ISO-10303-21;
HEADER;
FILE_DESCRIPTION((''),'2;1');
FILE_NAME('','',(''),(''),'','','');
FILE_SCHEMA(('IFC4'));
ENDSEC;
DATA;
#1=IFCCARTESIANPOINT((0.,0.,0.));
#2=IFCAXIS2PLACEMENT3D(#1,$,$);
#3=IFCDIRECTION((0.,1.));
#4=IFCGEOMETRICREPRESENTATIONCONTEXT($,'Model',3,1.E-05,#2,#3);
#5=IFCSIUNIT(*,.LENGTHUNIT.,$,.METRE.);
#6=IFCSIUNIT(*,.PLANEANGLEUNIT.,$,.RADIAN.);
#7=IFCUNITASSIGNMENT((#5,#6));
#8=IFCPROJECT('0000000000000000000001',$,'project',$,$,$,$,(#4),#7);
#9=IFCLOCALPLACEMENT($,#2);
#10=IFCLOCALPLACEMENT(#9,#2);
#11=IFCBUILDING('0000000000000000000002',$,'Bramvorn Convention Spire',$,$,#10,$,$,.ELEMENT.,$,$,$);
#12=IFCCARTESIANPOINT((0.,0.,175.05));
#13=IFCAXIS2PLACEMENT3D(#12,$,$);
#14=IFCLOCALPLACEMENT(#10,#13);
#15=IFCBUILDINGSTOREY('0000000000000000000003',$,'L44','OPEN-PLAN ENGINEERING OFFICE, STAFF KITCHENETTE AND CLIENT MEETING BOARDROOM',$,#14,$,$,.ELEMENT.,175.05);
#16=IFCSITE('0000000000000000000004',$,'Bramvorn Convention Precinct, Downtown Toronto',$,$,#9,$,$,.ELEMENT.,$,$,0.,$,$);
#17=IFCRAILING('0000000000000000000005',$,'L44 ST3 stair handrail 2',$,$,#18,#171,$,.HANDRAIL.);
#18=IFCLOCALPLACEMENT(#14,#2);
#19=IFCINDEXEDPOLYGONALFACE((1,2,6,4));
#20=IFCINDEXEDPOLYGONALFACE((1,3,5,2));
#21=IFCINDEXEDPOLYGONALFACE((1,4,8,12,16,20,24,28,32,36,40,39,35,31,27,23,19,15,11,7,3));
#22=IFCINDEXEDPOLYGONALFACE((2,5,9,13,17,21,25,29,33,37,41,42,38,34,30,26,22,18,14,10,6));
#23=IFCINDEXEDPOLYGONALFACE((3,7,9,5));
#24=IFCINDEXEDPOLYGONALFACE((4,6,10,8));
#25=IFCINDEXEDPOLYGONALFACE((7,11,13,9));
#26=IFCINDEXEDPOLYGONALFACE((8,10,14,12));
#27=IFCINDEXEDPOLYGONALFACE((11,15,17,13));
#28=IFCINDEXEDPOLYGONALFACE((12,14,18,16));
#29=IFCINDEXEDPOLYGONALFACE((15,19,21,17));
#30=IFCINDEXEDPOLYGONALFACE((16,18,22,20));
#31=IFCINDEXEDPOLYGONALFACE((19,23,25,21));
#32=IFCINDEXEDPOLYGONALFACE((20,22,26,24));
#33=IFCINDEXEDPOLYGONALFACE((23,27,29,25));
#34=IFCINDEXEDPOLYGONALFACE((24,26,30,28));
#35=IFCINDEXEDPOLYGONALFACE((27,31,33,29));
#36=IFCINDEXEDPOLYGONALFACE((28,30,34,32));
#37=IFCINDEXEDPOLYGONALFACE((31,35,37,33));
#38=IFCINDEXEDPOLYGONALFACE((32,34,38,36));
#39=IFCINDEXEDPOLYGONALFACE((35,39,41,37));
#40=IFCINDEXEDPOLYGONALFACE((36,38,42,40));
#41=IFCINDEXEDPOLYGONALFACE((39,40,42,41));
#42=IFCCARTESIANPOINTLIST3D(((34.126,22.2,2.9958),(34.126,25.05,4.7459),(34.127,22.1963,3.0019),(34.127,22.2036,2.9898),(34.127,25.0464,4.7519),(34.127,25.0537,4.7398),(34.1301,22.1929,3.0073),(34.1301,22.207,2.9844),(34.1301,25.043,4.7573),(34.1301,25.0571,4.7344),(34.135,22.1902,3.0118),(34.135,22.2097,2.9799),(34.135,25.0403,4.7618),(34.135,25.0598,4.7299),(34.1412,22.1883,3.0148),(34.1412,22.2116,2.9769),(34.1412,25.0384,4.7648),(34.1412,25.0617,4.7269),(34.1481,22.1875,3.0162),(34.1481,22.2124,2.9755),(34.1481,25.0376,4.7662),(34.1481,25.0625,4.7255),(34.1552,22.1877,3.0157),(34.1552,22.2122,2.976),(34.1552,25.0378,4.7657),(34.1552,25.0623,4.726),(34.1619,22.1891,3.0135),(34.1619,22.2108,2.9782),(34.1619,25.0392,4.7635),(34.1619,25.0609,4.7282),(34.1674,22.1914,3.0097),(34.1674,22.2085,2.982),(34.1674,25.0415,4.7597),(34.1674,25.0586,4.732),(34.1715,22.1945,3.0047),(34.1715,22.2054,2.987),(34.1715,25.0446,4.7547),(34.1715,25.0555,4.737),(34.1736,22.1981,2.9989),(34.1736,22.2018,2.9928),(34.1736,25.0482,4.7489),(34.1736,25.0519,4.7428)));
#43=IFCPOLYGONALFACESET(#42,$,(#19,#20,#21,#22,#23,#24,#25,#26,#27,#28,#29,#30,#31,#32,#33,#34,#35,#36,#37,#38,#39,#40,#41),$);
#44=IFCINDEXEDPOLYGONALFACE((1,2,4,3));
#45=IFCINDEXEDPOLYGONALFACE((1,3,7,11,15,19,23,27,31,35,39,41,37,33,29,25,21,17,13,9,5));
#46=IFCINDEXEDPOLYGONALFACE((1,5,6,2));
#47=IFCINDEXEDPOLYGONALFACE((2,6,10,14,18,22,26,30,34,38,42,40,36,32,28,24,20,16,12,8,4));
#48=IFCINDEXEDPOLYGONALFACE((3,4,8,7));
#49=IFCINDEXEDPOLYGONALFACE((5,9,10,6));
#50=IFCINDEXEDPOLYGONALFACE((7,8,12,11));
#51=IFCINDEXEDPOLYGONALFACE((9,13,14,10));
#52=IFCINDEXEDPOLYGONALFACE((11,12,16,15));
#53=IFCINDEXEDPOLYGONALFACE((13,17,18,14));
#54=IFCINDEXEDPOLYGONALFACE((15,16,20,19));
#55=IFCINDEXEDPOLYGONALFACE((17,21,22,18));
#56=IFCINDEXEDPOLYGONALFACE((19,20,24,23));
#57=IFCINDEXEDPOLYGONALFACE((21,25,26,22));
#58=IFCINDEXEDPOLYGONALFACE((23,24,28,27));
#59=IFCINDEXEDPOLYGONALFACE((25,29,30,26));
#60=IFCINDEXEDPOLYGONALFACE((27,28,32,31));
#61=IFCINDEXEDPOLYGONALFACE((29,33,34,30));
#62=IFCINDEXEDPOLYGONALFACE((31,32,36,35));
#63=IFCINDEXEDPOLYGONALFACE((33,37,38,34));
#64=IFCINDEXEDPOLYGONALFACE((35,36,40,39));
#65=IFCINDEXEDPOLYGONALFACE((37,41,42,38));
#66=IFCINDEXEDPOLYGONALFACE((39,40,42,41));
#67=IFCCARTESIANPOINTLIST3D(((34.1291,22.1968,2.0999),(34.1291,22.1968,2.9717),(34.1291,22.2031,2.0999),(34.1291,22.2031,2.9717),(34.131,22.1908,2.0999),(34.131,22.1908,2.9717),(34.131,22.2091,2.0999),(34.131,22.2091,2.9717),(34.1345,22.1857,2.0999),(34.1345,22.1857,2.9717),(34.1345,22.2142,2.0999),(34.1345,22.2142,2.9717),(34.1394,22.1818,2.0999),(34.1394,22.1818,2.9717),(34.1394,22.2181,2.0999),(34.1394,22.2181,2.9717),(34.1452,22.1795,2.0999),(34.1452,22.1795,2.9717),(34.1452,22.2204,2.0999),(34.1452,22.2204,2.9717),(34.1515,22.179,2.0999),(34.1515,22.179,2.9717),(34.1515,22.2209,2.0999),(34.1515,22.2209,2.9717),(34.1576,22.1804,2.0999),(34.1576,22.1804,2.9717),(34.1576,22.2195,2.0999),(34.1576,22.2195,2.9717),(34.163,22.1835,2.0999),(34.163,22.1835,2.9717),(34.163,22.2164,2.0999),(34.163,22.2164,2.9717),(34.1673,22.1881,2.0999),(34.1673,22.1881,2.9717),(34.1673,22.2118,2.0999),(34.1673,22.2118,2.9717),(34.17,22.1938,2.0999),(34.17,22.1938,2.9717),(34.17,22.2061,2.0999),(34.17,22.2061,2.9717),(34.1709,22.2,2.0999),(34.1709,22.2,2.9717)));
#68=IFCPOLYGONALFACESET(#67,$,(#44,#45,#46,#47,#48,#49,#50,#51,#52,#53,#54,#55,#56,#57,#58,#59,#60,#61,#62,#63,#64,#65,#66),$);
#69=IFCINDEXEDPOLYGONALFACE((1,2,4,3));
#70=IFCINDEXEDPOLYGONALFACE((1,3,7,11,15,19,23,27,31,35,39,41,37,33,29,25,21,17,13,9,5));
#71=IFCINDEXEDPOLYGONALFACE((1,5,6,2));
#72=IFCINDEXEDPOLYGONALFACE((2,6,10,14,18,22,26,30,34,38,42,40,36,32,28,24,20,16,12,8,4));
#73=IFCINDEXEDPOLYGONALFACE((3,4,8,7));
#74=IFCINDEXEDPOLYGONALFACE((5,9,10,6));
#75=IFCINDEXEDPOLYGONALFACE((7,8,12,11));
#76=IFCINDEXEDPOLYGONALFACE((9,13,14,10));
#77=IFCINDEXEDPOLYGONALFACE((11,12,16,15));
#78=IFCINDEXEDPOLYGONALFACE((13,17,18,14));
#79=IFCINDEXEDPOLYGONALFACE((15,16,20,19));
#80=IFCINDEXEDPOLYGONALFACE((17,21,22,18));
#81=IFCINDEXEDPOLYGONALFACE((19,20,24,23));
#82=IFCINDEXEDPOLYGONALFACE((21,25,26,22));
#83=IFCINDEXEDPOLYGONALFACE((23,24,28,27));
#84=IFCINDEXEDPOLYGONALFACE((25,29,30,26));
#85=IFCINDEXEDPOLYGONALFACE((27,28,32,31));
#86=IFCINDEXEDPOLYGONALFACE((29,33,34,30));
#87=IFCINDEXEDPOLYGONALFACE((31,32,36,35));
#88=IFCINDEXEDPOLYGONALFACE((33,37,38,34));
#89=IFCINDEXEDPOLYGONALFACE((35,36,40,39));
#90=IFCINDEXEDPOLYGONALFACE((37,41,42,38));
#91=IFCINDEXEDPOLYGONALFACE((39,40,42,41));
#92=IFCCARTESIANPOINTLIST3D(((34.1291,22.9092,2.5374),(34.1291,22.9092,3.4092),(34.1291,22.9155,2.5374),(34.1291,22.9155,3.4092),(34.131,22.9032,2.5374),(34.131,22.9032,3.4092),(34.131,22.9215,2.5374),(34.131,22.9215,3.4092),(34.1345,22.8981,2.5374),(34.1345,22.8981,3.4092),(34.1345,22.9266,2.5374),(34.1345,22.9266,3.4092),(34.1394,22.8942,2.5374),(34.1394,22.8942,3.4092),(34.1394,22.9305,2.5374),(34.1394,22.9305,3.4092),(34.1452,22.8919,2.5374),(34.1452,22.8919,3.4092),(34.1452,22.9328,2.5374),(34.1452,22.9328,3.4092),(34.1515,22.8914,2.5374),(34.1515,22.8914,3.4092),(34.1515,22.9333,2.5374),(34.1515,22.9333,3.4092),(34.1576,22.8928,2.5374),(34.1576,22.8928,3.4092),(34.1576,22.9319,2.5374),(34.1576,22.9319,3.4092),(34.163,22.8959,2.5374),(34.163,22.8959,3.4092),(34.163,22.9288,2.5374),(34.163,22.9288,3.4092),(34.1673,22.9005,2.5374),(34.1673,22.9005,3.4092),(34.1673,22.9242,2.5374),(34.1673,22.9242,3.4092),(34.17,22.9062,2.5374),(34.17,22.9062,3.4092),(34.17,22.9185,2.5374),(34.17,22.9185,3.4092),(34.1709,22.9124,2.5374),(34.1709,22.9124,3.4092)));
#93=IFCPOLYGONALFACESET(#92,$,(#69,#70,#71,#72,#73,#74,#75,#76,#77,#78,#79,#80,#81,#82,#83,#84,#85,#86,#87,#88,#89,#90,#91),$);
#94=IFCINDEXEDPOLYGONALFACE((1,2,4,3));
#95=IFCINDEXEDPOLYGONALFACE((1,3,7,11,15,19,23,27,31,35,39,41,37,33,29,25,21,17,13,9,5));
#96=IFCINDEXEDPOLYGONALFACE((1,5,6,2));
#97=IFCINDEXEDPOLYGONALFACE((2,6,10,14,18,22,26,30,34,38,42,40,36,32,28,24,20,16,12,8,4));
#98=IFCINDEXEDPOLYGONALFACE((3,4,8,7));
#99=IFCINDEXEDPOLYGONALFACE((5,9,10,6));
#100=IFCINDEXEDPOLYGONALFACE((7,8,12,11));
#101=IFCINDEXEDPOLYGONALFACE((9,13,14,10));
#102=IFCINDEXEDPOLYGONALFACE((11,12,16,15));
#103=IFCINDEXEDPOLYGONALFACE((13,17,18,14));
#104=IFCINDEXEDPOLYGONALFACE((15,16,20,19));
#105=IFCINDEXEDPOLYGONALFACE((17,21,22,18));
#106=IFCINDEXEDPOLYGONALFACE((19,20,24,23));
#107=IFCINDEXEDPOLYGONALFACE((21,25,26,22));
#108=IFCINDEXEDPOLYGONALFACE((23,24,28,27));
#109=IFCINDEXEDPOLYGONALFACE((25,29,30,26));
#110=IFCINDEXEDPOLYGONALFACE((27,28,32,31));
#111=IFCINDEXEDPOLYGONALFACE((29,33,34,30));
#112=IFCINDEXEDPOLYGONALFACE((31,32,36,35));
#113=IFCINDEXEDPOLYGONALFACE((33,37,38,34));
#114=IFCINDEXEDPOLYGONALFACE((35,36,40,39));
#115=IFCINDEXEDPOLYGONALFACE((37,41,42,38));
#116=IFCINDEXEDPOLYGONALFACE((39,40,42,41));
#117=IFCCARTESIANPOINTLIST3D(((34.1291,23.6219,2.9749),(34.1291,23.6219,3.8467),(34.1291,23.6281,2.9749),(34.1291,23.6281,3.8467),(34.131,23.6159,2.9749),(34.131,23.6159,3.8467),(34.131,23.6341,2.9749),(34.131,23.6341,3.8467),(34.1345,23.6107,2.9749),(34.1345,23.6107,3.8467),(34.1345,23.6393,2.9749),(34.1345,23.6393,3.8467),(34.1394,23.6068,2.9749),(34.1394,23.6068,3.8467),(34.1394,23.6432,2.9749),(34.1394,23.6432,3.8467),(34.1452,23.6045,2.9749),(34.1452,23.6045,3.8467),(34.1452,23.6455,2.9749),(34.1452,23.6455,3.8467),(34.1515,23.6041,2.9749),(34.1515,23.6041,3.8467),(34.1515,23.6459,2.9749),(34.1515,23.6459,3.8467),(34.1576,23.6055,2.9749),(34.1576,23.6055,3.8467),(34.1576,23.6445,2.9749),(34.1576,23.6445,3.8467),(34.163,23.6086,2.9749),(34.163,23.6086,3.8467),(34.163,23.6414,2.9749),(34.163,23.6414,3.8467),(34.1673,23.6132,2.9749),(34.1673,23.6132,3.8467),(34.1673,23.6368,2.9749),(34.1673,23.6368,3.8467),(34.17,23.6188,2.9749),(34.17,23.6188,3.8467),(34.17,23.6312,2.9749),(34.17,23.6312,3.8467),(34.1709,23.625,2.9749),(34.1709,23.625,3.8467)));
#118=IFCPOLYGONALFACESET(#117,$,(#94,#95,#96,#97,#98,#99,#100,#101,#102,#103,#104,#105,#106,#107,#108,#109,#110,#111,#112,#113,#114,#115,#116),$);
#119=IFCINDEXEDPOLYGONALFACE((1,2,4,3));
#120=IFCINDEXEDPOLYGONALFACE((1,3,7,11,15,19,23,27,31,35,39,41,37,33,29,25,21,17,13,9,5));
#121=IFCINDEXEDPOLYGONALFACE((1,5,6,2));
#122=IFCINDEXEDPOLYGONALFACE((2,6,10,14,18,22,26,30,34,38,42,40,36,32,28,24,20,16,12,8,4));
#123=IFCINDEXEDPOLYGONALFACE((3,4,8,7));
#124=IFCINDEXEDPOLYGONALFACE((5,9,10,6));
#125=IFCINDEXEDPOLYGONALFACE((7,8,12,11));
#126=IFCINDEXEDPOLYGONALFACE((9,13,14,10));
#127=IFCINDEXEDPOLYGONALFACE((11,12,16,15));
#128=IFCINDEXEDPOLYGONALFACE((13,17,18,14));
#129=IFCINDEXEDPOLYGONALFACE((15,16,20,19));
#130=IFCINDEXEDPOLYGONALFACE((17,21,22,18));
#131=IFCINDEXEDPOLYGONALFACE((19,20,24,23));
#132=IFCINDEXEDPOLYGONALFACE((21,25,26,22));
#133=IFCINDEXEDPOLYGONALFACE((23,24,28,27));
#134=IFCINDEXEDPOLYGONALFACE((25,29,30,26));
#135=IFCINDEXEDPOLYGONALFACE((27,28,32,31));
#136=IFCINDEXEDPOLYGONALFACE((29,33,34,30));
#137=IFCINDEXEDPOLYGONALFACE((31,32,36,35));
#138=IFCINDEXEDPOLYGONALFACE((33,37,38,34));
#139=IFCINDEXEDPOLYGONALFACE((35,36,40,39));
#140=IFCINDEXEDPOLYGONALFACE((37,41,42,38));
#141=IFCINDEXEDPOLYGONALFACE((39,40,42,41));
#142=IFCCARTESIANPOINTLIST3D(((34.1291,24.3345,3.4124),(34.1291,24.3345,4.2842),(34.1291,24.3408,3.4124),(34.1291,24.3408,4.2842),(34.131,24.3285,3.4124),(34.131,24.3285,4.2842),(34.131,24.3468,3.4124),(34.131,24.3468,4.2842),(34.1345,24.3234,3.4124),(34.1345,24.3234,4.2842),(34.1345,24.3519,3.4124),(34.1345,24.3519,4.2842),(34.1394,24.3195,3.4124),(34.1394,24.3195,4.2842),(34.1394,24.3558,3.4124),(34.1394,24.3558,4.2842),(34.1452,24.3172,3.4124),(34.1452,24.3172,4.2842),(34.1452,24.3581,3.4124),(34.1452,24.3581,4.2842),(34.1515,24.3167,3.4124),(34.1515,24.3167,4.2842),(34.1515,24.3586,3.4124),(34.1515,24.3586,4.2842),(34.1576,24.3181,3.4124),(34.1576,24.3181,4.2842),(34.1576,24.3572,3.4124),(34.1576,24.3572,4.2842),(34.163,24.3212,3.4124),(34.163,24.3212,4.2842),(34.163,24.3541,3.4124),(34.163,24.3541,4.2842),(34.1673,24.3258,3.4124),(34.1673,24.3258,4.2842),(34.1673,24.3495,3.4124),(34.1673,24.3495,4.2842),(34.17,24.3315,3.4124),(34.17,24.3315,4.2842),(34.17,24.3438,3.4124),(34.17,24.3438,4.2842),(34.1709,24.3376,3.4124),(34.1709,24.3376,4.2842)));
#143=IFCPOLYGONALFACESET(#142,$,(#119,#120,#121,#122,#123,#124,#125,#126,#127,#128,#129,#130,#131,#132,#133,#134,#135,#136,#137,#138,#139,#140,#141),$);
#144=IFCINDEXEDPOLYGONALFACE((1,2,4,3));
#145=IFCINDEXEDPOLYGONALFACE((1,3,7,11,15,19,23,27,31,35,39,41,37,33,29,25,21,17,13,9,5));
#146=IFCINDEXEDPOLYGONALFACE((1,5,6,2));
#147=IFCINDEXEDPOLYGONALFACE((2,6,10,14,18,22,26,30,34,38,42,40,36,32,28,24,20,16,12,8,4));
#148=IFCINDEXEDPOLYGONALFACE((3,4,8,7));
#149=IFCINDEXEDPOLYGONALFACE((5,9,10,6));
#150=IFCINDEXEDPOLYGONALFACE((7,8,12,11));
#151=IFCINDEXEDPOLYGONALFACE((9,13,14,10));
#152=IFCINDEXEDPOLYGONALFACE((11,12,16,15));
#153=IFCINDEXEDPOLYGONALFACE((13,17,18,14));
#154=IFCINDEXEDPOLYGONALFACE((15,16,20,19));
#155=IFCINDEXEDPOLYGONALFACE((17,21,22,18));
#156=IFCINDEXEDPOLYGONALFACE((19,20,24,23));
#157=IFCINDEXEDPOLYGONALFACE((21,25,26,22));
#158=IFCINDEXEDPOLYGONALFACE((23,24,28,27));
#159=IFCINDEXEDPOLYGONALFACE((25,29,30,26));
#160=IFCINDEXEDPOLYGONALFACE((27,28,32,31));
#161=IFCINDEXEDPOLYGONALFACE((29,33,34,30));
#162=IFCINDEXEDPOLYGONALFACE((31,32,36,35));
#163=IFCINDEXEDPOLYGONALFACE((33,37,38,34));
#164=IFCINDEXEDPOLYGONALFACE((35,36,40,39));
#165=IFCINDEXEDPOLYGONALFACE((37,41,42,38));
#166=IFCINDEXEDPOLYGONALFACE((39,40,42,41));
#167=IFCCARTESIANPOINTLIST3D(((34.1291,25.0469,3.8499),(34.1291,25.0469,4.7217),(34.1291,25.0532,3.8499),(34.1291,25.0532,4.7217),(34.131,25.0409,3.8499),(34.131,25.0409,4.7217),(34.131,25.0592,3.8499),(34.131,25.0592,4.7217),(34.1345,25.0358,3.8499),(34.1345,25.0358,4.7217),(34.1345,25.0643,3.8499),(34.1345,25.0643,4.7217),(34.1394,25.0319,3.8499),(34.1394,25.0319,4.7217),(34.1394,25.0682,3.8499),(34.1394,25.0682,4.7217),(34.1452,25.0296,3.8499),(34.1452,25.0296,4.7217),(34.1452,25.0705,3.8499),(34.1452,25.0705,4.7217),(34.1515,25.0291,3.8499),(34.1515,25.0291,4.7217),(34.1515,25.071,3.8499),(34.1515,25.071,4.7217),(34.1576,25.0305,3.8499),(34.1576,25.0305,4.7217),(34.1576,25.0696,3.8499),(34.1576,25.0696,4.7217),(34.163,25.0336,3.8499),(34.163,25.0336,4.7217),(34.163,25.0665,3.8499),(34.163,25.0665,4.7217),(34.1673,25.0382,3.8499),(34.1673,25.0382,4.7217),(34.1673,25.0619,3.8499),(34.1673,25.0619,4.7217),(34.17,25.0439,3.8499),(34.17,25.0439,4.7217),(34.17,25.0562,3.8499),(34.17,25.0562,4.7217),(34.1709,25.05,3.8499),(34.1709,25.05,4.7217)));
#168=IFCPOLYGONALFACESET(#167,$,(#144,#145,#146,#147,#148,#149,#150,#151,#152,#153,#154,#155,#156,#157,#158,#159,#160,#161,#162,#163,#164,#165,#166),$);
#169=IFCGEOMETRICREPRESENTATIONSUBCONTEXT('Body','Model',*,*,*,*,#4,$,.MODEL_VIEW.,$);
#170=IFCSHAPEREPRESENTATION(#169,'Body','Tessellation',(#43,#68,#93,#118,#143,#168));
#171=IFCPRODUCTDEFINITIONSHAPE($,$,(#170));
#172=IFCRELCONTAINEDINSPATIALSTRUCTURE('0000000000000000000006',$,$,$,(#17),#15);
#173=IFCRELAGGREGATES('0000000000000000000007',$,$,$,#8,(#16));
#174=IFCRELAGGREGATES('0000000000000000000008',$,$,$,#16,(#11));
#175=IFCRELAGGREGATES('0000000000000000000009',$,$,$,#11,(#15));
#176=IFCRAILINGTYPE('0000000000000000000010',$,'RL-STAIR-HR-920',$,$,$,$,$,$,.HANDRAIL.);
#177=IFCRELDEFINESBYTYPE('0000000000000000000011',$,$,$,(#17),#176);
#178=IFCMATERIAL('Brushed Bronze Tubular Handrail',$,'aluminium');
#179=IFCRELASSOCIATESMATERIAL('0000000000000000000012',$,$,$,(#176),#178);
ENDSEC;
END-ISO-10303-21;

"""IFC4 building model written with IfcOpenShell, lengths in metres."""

from ifc_helpers import new_model, si_unit, direction, frame, origin, origin_2d, place, context, subcontext, project, spatial, circle, extrude, material, type_object, element, save


model = new_model("IFC4")

# Units and contexts
model_context = context("Model", 3, precision=1e-05, world=origin(), true_north=direction((0.0, 1.0)))
body_context = subcontext(model_context, "Body", "Model", "MODEL_VIEW")
ifc_project = project(units=[si_unit("LENGTHUNIT", "METRE"), si_unit("PLANEANGLEUNIT", "RADIAN")], contexts=[model_context])

# Site, building, storey
site_placement = place(None, origin())
site = spatial("IfcSite", under=ifc_project, at=site_placement, Name="Bramvorn Convention Precinct, Downtown Toronto", CompositionType="ELEMENT", RefElevation=0.0)
building_placement = place(site_placement, origin())
building = spatial("IfcBuilding", under=site, at=building_placement, Name="Bramvorn Convention Spire", CompositionType="ELEMENT")
storey_placement = place(building_placement, frame((0.0, 0.0, 175.05)))
storey = spatial("IfcBuildingStorey", under=building, at=storey_placement, Name="L44", Description="OPEN-PLAN ENGINEERING OFFICE, STAFF KITCHENETTE AND CLIENT MEETING BOARDROOM", CompositionType="ELEMENT", Elevation=175.05)

# Railing
ifc_material_1 = material(Name="Brushed Bronze Tubular Handrail", Category="aluminium")
railing_type_1 = type_object("IfcRailingType", Name="RL-STAIR-HR-920", PredefinedType="HANDRAIL", material=ifc_material_1)
railing_1_placement = place(storey_placement, frame((34.1499, 22.2, 2.0999)))
element("IfcRailing", 1, at=railing_1_placement, inside=storey, type_object=railing_type_1, Name="L44 ST3 stair handrail 2", PredefinedType="HANDRAIL", context=body_context, shape_type="SweptSolid", body=[
    extrude(circle(Radius=0.0239, at=origin_2d()), frame((0.0, 0.0, 0.896), z_axis=(0.0, 0.852179, 0.52325), x_axis=(-1.0, 0.0, 0.0)), (0.0, 0.0, 1.0), 3.3445),
    extrude(circle(Radius=0.021, at=origin_2d()), origin(), (0.0, 0.0, 1.0), 0.8718),
    extrude(circle(Radius=0.021, at=origin_2d()), frame((0.0, 0.7124, 0.4375)), (0.0, 0.0, 1.0), 0.8718),
    extrude(circle(Radius=0.021, at=origin_2d()), frame((0.0, 1.425, 0.875)), (0.0, 0.0, 1.0), 0.8718),
    extrude(circle(Radius=0.021, at=origin_2d()), frame((0.0, 2.1377, 1.3125)), (0.0, 0.0, 1.0), 0.8718),
    extrude(circle(Radius=0.021, at=origin_2d()), frame((0.0, 2.8501, 1.75)), (0.0, 0.0, 1.0), 0.8718),
])

save(model, "model.ifc")
